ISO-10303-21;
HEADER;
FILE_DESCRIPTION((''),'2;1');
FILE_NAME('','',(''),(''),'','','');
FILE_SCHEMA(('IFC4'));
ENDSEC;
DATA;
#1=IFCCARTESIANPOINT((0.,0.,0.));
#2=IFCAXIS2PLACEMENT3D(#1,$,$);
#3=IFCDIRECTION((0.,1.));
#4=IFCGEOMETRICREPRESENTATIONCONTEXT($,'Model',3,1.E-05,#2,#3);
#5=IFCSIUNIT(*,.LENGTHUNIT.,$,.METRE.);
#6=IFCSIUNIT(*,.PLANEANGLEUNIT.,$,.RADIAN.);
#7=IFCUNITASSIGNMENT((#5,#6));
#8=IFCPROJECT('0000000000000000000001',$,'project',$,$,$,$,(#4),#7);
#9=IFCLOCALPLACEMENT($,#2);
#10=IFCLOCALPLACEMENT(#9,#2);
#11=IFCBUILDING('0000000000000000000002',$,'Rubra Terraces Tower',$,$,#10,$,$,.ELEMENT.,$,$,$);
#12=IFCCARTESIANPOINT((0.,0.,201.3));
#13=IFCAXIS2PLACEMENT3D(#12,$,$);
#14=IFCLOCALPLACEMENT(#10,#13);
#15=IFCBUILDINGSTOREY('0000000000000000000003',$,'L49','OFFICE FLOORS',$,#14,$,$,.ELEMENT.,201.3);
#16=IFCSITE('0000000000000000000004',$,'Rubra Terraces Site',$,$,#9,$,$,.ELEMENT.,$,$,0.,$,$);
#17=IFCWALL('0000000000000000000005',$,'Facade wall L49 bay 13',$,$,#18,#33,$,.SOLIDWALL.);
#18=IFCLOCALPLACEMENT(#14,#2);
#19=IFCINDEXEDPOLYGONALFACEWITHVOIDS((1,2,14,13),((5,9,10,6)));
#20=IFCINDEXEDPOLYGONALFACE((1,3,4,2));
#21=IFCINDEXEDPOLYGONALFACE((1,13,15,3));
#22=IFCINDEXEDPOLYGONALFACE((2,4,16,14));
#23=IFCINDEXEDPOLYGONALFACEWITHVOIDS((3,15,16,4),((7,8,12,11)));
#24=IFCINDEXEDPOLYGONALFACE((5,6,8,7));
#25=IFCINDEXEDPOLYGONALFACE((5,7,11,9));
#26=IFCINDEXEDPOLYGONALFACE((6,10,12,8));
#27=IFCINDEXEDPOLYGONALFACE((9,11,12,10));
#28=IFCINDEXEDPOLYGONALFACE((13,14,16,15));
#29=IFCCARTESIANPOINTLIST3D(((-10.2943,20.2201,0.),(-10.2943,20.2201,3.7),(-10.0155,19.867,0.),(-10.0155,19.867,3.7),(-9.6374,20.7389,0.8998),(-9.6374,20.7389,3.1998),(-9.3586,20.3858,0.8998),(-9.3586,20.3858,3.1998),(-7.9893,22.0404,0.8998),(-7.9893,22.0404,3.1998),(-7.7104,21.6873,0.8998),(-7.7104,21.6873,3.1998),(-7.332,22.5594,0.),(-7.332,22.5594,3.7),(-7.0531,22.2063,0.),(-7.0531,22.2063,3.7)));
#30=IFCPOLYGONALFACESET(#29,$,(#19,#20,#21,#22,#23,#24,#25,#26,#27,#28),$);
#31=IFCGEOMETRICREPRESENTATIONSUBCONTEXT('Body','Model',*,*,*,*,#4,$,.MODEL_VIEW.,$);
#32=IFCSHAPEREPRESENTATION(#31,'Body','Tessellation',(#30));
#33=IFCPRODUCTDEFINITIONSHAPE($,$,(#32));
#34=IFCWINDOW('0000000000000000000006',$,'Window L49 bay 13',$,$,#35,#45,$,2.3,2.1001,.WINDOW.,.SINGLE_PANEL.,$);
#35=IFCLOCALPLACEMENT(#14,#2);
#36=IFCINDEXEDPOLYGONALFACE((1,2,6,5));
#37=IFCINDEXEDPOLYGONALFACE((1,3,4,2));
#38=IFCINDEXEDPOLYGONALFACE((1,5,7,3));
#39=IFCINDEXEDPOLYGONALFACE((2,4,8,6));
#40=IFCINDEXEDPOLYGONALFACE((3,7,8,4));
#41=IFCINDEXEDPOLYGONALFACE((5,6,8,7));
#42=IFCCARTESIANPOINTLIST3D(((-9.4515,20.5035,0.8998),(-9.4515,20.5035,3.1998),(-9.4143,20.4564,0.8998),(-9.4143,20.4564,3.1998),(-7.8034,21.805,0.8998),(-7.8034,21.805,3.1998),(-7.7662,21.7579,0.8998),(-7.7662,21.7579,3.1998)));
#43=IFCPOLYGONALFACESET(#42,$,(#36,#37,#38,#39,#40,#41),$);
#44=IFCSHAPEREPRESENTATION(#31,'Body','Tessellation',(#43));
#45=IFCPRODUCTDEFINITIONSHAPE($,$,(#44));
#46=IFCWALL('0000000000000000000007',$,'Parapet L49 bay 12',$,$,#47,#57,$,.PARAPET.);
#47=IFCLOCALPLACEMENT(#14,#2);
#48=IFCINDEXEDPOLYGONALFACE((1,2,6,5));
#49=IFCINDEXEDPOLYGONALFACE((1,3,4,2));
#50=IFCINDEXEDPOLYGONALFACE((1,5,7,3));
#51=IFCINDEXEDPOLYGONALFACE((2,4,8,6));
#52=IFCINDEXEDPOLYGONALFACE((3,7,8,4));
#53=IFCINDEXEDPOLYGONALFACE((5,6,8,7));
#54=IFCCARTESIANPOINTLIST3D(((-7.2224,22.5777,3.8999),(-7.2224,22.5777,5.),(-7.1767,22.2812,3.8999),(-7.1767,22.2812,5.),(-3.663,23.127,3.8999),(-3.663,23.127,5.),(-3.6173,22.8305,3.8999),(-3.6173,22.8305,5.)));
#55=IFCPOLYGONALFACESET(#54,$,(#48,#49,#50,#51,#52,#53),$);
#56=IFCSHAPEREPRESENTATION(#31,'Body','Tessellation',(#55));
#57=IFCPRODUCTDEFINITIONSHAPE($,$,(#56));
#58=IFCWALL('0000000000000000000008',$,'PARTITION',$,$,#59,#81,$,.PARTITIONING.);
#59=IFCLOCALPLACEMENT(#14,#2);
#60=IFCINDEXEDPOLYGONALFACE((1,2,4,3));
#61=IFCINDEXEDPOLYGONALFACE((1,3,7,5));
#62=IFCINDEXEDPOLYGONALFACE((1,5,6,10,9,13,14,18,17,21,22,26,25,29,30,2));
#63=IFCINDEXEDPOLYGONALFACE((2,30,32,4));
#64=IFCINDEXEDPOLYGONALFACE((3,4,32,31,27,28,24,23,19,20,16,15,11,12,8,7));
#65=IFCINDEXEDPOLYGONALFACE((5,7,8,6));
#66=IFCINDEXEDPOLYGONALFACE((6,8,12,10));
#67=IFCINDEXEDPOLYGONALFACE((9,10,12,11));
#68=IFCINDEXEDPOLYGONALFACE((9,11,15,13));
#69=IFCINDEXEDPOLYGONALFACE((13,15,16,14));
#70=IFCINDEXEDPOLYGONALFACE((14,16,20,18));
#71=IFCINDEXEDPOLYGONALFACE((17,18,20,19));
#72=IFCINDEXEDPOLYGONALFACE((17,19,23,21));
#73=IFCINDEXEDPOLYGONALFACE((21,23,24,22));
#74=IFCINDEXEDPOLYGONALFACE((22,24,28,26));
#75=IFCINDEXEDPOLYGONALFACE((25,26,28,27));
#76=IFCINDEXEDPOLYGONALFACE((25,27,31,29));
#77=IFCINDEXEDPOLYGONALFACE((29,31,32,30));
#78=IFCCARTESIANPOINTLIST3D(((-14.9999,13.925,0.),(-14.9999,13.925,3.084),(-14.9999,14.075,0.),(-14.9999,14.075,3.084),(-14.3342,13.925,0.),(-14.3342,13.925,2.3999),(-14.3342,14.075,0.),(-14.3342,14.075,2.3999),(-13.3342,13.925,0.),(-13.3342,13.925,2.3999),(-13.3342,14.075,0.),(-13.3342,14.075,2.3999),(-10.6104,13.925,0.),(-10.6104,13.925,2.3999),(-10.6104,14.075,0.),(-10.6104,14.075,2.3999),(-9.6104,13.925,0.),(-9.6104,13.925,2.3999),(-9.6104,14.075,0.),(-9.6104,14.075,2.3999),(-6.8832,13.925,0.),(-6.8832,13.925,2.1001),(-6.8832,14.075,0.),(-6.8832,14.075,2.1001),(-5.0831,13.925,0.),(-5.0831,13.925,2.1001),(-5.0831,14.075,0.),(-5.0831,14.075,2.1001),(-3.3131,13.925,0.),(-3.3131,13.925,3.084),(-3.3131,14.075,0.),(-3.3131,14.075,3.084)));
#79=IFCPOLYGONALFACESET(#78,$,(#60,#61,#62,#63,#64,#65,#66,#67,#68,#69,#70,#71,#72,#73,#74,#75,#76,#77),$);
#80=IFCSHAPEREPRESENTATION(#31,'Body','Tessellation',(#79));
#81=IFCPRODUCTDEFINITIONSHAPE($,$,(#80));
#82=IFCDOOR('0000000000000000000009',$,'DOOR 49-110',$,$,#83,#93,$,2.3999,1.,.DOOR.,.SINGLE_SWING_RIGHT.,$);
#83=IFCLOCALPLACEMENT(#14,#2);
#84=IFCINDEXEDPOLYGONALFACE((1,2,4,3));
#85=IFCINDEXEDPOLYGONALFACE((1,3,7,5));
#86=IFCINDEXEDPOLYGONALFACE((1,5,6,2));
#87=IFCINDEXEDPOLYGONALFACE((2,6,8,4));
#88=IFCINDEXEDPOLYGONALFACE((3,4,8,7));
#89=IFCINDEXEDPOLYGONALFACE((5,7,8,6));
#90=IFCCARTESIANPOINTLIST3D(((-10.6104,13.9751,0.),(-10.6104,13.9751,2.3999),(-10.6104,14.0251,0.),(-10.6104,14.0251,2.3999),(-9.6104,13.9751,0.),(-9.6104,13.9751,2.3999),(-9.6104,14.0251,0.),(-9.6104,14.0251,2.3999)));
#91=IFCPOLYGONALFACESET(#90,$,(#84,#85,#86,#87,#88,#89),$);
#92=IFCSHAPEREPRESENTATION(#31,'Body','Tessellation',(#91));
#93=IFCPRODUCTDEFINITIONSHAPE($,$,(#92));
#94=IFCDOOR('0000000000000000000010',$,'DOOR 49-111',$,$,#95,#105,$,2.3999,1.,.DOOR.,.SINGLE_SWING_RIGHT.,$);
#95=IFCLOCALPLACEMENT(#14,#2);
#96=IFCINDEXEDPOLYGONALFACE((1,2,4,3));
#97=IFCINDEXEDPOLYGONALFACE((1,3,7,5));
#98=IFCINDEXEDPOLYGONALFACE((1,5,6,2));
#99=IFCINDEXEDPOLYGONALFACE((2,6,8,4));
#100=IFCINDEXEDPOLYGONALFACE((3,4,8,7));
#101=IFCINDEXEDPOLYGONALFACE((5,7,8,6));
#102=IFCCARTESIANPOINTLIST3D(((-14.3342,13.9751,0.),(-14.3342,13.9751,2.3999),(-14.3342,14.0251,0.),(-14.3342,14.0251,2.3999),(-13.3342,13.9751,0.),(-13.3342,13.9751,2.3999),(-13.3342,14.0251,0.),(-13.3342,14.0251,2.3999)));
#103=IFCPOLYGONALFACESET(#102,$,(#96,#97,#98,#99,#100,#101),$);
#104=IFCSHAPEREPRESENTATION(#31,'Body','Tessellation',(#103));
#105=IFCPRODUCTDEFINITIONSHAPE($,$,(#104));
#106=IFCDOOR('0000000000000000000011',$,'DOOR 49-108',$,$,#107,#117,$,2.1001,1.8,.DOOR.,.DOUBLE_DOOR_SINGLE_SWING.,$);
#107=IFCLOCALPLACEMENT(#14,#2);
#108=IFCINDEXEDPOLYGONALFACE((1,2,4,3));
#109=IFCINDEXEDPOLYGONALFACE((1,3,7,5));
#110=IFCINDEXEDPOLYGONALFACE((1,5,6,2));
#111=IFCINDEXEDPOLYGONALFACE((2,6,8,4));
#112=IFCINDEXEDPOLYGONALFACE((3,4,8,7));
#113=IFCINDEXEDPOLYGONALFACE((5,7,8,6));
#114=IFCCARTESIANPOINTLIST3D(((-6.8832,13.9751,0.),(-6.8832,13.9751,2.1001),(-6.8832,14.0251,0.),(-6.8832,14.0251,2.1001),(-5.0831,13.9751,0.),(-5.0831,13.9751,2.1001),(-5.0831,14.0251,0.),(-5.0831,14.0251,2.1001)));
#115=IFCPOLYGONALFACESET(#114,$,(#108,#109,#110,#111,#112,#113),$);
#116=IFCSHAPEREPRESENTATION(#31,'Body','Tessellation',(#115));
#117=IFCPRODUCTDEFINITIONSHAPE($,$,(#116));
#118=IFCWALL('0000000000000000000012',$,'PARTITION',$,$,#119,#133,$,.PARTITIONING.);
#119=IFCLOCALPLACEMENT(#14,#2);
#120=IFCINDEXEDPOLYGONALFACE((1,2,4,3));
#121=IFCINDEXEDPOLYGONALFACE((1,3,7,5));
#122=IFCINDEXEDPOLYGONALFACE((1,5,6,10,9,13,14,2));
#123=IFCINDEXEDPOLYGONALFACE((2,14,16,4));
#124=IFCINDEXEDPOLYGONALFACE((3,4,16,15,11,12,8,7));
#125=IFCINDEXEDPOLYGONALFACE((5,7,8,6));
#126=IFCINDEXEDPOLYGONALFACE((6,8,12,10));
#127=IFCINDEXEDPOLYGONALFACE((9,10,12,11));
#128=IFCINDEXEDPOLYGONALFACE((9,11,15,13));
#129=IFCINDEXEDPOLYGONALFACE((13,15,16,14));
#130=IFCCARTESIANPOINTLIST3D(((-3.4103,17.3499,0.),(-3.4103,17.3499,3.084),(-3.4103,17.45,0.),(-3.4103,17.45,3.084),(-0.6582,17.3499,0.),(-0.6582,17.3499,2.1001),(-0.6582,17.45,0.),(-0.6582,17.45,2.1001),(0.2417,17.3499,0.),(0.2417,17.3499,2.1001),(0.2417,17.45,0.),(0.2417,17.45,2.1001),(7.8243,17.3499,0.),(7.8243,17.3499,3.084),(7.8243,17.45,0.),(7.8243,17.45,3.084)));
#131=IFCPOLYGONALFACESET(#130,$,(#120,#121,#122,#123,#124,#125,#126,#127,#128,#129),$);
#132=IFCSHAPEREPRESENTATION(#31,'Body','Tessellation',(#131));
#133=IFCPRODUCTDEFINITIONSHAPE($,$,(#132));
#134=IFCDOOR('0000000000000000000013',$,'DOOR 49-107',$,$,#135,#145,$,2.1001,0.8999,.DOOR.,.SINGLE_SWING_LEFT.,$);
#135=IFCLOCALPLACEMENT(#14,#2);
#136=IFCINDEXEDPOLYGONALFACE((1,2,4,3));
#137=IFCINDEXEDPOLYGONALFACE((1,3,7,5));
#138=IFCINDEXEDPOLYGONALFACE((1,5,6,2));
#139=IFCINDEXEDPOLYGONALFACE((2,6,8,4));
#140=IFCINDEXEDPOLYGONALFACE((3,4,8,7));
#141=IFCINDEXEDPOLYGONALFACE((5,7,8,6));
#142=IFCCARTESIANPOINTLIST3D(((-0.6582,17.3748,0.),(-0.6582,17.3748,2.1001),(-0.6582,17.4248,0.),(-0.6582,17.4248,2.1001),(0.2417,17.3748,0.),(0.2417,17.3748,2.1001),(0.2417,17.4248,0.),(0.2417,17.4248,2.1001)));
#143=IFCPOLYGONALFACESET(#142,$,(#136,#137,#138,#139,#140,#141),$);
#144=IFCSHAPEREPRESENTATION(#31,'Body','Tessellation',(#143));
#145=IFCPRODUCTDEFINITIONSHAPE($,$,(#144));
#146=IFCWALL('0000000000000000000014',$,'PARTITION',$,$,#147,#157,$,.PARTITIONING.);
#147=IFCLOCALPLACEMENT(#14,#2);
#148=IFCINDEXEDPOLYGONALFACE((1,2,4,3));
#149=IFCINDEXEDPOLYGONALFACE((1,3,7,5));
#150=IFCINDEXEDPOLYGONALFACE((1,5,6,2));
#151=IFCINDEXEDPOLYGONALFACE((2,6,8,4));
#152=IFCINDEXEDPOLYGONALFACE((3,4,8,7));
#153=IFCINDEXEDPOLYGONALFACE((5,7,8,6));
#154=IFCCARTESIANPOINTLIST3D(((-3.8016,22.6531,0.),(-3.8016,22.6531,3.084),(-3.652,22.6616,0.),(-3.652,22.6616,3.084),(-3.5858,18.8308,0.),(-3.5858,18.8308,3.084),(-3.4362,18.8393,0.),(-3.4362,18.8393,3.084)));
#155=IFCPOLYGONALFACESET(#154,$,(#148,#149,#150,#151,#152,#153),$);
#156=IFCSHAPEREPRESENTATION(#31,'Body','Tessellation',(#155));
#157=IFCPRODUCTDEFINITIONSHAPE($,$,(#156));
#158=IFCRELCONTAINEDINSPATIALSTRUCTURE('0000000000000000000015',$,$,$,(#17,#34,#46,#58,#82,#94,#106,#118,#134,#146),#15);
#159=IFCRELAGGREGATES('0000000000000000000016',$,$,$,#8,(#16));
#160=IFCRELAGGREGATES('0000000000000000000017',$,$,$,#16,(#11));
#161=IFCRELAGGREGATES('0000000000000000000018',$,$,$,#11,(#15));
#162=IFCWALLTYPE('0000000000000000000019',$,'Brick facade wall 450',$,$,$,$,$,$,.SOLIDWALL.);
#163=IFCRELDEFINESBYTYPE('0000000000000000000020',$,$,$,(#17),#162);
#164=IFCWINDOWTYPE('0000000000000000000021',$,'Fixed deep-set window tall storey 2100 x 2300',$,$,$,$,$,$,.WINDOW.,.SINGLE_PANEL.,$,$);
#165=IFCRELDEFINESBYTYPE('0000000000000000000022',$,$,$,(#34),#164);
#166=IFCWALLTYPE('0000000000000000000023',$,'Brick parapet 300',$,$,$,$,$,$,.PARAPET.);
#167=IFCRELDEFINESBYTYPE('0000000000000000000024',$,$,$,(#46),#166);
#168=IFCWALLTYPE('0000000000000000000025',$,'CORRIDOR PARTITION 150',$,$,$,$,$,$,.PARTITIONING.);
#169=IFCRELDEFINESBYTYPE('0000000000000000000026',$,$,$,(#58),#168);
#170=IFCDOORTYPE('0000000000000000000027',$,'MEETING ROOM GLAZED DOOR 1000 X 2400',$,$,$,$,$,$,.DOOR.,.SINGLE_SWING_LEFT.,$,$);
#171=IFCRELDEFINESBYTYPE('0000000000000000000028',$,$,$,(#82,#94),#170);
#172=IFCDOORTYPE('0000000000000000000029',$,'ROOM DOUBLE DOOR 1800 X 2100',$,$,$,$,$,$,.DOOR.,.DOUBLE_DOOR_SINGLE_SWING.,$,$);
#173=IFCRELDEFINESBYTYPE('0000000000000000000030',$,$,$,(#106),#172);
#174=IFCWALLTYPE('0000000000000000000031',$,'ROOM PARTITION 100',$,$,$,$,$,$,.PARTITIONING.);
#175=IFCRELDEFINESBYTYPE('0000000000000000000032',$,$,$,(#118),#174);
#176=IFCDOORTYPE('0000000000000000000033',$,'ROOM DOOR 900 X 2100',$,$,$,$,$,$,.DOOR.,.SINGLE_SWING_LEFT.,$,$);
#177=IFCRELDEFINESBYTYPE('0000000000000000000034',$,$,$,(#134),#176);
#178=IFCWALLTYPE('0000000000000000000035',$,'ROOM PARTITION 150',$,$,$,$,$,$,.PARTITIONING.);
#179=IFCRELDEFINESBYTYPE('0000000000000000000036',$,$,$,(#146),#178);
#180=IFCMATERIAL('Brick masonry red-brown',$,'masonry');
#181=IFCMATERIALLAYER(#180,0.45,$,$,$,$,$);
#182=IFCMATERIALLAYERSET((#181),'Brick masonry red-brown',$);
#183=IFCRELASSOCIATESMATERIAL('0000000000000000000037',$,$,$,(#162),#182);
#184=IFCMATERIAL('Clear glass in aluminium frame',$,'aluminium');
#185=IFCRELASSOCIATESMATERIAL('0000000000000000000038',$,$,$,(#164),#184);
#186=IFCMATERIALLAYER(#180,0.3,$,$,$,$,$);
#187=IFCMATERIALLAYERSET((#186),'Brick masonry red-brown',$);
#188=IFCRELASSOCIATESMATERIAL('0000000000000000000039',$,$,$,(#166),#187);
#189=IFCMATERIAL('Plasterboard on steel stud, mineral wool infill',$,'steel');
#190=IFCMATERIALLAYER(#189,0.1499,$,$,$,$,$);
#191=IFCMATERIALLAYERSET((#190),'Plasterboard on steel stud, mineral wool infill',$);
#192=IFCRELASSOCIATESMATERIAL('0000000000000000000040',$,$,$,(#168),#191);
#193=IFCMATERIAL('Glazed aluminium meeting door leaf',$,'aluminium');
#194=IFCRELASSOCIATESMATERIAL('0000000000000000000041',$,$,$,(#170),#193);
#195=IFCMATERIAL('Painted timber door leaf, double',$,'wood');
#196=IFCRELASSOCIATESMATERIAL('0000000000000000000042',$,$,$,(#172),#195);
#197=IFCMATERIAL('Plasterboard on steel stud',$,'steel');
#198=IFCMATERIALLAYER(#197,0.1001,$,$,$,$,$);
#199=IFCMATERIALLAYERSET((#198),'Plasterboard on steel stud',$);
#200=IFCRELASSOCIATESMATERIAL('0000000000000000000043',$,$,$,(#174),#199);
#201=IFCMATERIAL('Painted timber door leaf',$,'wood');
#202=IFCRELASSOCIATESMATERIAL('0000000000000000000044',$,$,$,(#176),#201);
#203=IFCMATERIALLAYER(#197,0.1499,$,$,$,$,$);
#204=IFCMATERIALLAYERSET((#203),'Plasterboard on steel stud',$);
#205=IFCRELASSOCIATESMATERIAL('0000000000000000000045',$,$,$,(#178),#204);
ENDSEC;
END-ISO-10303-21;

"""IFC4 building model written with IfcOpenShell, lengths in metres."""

from ifc_helpers import new_model, si_unit, direction, frame, frame_2d, origin, place, context, subcontext, project, spatial, rectangle, extrude, material, layer, layer_set, type_object, element, fill, save


model = new_model("IFC4")

# Units and contexts
model_context = context("Model", 3, precision=1e-05, world=origin(), true_north=direction((0.0, 1.0)))
body_context = subcontext(model_context, "Body", "Model", "MODEL_VIEW")
ifc_project = project(units=[si_unit("LENGTHUNIT", "METRE"), si_unit("PLANEANGLEUNIT", "RADIAN")], contexts=[model_context])

# Site, building, storey
site_placement = place(None, origin())
site = spatial("IfcSite", under=ifc_project, at=site_placement, Name="Rubra Terraces Site", CompositionType="ELEMENT", RefElevation=0.0)
building_placement = place(site_placement, origin())
building = spatial("IfcBuilding", under=site, at=building_placement, Name="Rubra Terraces Tower", CompositionType="ELEMENT")
storey_placement = place(building_placement, frame((0.0, 0.0, 201.3)))
storey = spatial("IfcBuildingStorey", under=building, at=storey_placement, Name="L49", Description="OFFICE FLOORS", CompositionType="ELEMENT", Elevation=201.3)

# Wall, opening, window
ifc_material_1 = material(Name="Brick masonry red-brown", Category="masonry")
ifc_layer_1 = layer(ifc_material_1, 0.45)
ifc_layer_set_1 = layer_set([ifc_layer_1], Name="Brick masonry red-brown")
wall_type_1 = type_object("IfcWallType", Name="Brick facade wall 450", PredefinedType="SOLIDWALL", material=ifc_layer_set_1)
ifc_material_2 = material(Name="Clear glass in aluminium frame", Category="aluminium")
window_type = type_object("IfcWindowType", Name="Fixed deep-set window tall storey 2100 x 2300", PartitioningType="SINGLE_PANEL", PredefinedType="WINDOW", material=ifc_material_2)
wall_1_placement = place(storey_placement, frame((-7.1926, 22.3828, 0.0), z_axis=(0.0, 0.0, 1.0), x_axis=(-0.784803, -0.619745, 0.0)))
wall_1 = element("IfcWall", 1, at=wall_1_placement, inside=storey, type_object=wall_type_1, Name="Facade wall L49 bay 13", PredefinedType="SOLIDWALL", context=body_context, shape_type="SweptSolid", body=[
    extrude(rectangle(XDim=3.7747, YDim=0.45, at=frame_2d((1.8872, 0.0))), origin(), (0.0, 0.0, 1.0), 3.7),
])
opening_1_placement = place(wall_1_placement, frame((0.8374, 0.0, 0.8999)))
opening_1 = element("IfcOpeningElement", 2, at=opening_1_placement, cuts=wall_1, PredefinedType="OPENING", context=body_context, shape_type="SweptSolid", body=[
    extrude(rectangle(XDim=2.1001, YDim=2.3, at=frame_2d((1.05, 1.1499))), frame((0.0, 0.2349, 0.0), z_axis=(0.0, -1.0, 0.0), x_axis=(1.0, 0.0, 0.0)), (0.0, 0.0, 1.0), 0.47),
])
window_1_placement = place(opening_1_placement, origin())
window_1 = element("IfcWindow", 3, at=window_1_placement, inside=storey, type_object=window_type, Name="Window L49 bay 13", OverallHeight=2.3, OverallWidth=2.1001, PartitioningType="SINGLE_PANEL", PredefinedType="WINDOW", context=body_context, shape_type="SweptSolid", body=[
    extrude(rectangle(XDim=2.1001, YDim=2.3, at=frame_2d((1.05, 1.1499))), frame((0.0, 0.135, 0.0), z_axis=(0.0, -1.0, 0.0), x_axis=(1.0, 0.0, 0.0)), (0.0, 0.0, 1.0), 0.0601),
])
fill(opening_1, window_1)

# Wall
ifc_layer_2 = layer(ifc_material_1, 0.3)
ifc_layer_set_2 = layer_set([ifc_layer_2], Name="Brick masonry red-brown")
wall_type_2 = type_object("IfcWallType", Name="Brick parapet 300", PredefinedType="PARAPET", material=ifc_layer_set_2)
wall_2_placement = place(storey_placement, frame((-3.6401, 22.9788, 3.8999), z_axis=(0.0, 0.0, 1.0), x_axis=(-0.988299, -0.152526, 0.0)))
element("IfcWall", 4, at=wall_2_placement, inside=storey, type_object=wall_type_2, Name="Parapet L49 bay 12", PredefinedType="PARAPET", context=body_context, shape_type="SweptSolid", body=[
    extrude(rectangle(XDim=3.6016, YDim=0.3, at=frame_2d((1.8008, 0.0))), origin(), (0.0, 0.0, 1.0), 1.1001),
])

# Wall, openings, doors
ifc_material_3 = material(Name="Plasterboard on steel stud, mineral wool infill", Category="steel")
ifc_layer_3 = layer(ifc_material_3, 0.1499)
ifc_layer_set_3 = layer_set([ifc_layer_3], Name="Plasterboard on steel stud, mineral wool infill")
wall_type_3 = type_object("IfcWallType", Name="CORRIDOR PARTITION 150", PredefinedType="PARTITIONING", material=ifc_layer_set_3)
wall_3_placement = place(storey_placement, frame((-3.3132, 14.0, 0.0), z_axis=(0.0, 0.0, 1.0), x_axis=(-1.0, 0.0, 0.0)))
wall_3 = element("IfcWall", 5, at=wall_3_placement, inside=storey, type_object=wall_type_3, Name="PARTITION", PredefinedType="PARTITIONING", context=body_context, shape_type="SweptSolid", body=[
    extrude(rectangle(XDim=11.6868, YDim=0.1499, at=frame_2d((5.8433, 0.0))), origin(), (0.0, 0.0, 1.0), 3.084),
])
opening_2_placement = place(wall_3_placement, frame((1.77, 0.0, 0.0)))
opening_2 = element("IfcOpeningElement", 6, at=opening_2_placement, cuts=wall_3, PredefinedType="OPENING", context=body_context, shape_type="SweptSolid", body=[
    extrude(rectangle(XDim=1.8, YDim=2.1001, at=frame_2d((0.8999, 1.05))), frame((0.0, 0.085, 0.0), z_axis=(0.0, -1.0, 0.0), x_axis=(1.0, 0.0, 0.0)), (0.0, 0.0, 1.0), 0.1699),
])
opening_3_placement = place(wall_3_placement, frame((6.2971, 0.0, 0.0)))
opening_3 = element("IfcOpeningElement", 7, at=opening_3_placement, cuts=wall_3, PredefinedType="OPENING", context=body_context, shape_type="SweptSolid", body=[
    extrude(rectangle(XDim=1.0, YDim=2.3999, at=frame_2d((0.5, 1.2))), frame((0.0, 0.085, 0.0), z_axis=(0.0, -1.0, 0.0), x_axis=(1.0, 0.0, 0.0)), (0.0, 0.0, 1.0), 0.1699),
])
opening_4_placement = place(wall_3_placement, frame((10.021, 0.0, 0.0)))
opening_4 = element("IfcOpeningElement", 8, at=opening_4_placement, cuts=wall_3, PredefinedType="OPENING", context=body_context, shape_type="SweptSolid", body=[
    extrude(rectangle(XDim=1.0, YDim=2.3999, at=frame_2d((0.5, 1.2))), frame((0.0, 0.085, 0.0), z_axis=(0.0, -1.0, 0.0), x_axis=(1.0, 0.0, 0.0)), (0.0, 0.0, 1.0), 0.1699),
])
ifc_material_4 = material(Name="Glazed aluminium meeting door leaf", Category="aluminium")
door_type_1 = type_object("IfcDoorType", Name="MEETING ROOM GLAZED DOOR 1000 X 2400", OperationType="SINGLE_SWING_LEFT", PredefinedType="DOOR", material=ifc_material_4)
door_1_placement = place(opening_3_placement, origin())
door_1 = element("IfcDoor", 9, at=door_1_placement, inside=storey, type_object=door_type_1, Name="DOOR 49-110", OperationType="SINGLE_SWING_RIGHT", OverallHeight=2.3999, OverallWidth=1.0, PredefinedType="DOOR", context=body_context, shape_type="SweptSolid", body=[
    extrude(rectangle(XDim=1.0, YDim=2.3999, at=frame_2d((0.5, 1.2))), frame((0.0, 0.0249, 0.0), z_axis=(0.0, -1.0, 0.0), x_axis=(1.0, 0.0, 0.0)), (0.0, 0.0, 1.0), 0.05),
])
fill(opening_3, door_1)
door_2_placement = place(opening_4_placement, origin())
door_2 = element("IfcDoor", 10, at=door_2_placement, inside=storey, type_object=door_type_1, Name="DOOR 49-111", OperationType="SINGLE_SWING_RIGHT", OverallHeight=2.3999, OverallWidth=1.0, PredefinedType="DOOR", context=body_context, shape_type="SweptSolid", body=[
    extrude(rectangle(XDim=1.0, YDim=2.3999, at=frame_2d((0.5, 1.2))), frame((0.0, 0.0249, 0.0), z_axis=(0.0, -1.0, 0.0), x_axis=(1.0, 0.0, 0.0)), (0.0, 0.0, 1.0), 0.05),
])
fill(opening_4, door_2)
ifc_material_5 = material(Name="Painted timber door leaf, double", Category="wood")
door_type_2 = type_object("IfcDoorType", Name="ROOM DOUBLE DOOR 1800 X 2100", OperationType="DOUBLE_DOOR_SINGLE_SWING", PredefinedType="DOOR", material=ifc_material_5)
door_3_placement = place(opening_2_placement, origin())
door_3 = element("IfcDoor", 11, at=door_3_placement, inside=storey, type_object=door_type_2, Name="DOOR 49-108", OperationType="DOUBLE_DOOR_SINGLE_SWING", OverallHeight=2.1001, OverallWidth=1.8, PredefinedType="DOOR", context=body_context, shape_type="SweptSolid", body=[
    extrude(rectangle(XDim=1.8, YDim=2.1001, at=frame_2d((0.8999, 1.05))), frame((0.0, 0.0249, 0.0), z_axis=(0.0, -1.0, 0.0), x_axis=(1.0, 0.0, 0.0)), (0.0, 0.0, 1.0), 0.05),
])
fill(opening_2, door_3)

# Wall, opening, door
ifc_material_6 = material(Name="Plasterboard on steel stud", Category="steel")
ifc_layer_4 = layer(ifc_material_6, 0.1001)
ifc_layer_set_4 = layer_set([ifc_layer_4], Name="Plasterboard on steel stud")
wall_type_4 = type_object("IfcWallType", Name="ROOM PARTITION 100", PredefinedType="PARTITIONING", material=ifc_layer_set_4)
wall_4_placement = place(storey_placement, frame((-3.4102, 17.3999, 0.0), z_axis=(0.0, 0.0, 1.0), x_axis=(1.0, 0.0, 0.0)))
wall_4 = element("IfcWall", 12, at=wall_4_placement, inside=storey, type_object=wall_type_4, Name="PARTITION", PredefinedType="PARTITIONING", context=body_context, shape_type="SweptSolid", body=[
    extrude(rectangle(XDim=11.2346, YDim=0.1001, at=frame_2d((5.6172, 0.0))), origin(), (0.0, 0.0, 1.0), 3.084),
])
opening_5_placement = place(wall_4_placement, frame((2.752, 0.0, 0.0)))
opening_5 = element("IfcOpeningElement", 13, at=opening_5_placement, cuts=wall_4, PredefinedType="OPENING", context=body_context, shape_type="SweptSolid", body=[
    extrude(rectangle(XDim=0.8999, YDim=2.1001, at=frame_2d((0.45, 1.05))), frame((0.0, 0.0601, 0.0), z_axis=(0.0, -1.0, 0.0), x_axis=(1.0, 0.0, 0.0)), (0.0, 0.0, 1.0), 0.1201),
])
ifc_material_7 = material(Name="Painted timber door leaf", Category="wood")
door_type_3 = type_object("IfcDoorType", Name="ROOM DOOR 900 X 2100", OperationType="SINGLE_SWING_LEFT", PredefinedType="DOOR", material=ifc_material_7)
door_4_placement = place(opening_5_placement, origin())
door_4 = element("IfcDoor", 14, at=door_4_placement, inside=storey, type_object=door_type_3, Name="DOOR 49-107", OperationType="SINGLE_SWING_LEFT", OverallHeight=2.1001, OverallWidth=0.8999, PredefinedType="DOOR", context=body_context, shape_type="SweptSolid", body=[
    extrude(rectangle(XDim=0.8999, YDim=2.1001, at=frame_2d((0.45, 1.05))), frame((0.0, 0.0249, 0.0), z_axis=(0.0, -1.0, 0.0), x_axis=(1.0, 0.0, 0.0)), (0.0, 0.0, 1.0), 0.05),
])
fill(opening_5, door_4)

# Wall
ifc_layer_5 = layer(ifc_material_6, 0.1499)
ifc_layer_set_5 = layer_set([ifc_layer_5], Name="Plasterboard on steel stud")
wall_type_5 = type_object("IfcWallType", Name="ROOM PARTITION 150", PredefinedType="PARTITIONING", material=ifc_layer_set_5)
wall_5_placement = place(storey_placement, frame((-3.7268, 22.6572, 0.0), z_axis=(0.0, 0.0, 1.0), x_axis=(0.056374, -0.99841, 0.0)))
element("IfcWall", 15, at=wall_5_placement, inside=storey, type_object=wall_type_5, Name="PARTITION", PredefinedType="PARTITIONING", context=body_context, shape_type="SweptSolid", body=[
    extrude(rectangle(XDim=3.8284, YDim=0.1499, at=frame_2d((1.9141, 0.0))), origin(), (0.0, 0.0, 1.0), 3.084),
])

save(model, "model.ifc")
